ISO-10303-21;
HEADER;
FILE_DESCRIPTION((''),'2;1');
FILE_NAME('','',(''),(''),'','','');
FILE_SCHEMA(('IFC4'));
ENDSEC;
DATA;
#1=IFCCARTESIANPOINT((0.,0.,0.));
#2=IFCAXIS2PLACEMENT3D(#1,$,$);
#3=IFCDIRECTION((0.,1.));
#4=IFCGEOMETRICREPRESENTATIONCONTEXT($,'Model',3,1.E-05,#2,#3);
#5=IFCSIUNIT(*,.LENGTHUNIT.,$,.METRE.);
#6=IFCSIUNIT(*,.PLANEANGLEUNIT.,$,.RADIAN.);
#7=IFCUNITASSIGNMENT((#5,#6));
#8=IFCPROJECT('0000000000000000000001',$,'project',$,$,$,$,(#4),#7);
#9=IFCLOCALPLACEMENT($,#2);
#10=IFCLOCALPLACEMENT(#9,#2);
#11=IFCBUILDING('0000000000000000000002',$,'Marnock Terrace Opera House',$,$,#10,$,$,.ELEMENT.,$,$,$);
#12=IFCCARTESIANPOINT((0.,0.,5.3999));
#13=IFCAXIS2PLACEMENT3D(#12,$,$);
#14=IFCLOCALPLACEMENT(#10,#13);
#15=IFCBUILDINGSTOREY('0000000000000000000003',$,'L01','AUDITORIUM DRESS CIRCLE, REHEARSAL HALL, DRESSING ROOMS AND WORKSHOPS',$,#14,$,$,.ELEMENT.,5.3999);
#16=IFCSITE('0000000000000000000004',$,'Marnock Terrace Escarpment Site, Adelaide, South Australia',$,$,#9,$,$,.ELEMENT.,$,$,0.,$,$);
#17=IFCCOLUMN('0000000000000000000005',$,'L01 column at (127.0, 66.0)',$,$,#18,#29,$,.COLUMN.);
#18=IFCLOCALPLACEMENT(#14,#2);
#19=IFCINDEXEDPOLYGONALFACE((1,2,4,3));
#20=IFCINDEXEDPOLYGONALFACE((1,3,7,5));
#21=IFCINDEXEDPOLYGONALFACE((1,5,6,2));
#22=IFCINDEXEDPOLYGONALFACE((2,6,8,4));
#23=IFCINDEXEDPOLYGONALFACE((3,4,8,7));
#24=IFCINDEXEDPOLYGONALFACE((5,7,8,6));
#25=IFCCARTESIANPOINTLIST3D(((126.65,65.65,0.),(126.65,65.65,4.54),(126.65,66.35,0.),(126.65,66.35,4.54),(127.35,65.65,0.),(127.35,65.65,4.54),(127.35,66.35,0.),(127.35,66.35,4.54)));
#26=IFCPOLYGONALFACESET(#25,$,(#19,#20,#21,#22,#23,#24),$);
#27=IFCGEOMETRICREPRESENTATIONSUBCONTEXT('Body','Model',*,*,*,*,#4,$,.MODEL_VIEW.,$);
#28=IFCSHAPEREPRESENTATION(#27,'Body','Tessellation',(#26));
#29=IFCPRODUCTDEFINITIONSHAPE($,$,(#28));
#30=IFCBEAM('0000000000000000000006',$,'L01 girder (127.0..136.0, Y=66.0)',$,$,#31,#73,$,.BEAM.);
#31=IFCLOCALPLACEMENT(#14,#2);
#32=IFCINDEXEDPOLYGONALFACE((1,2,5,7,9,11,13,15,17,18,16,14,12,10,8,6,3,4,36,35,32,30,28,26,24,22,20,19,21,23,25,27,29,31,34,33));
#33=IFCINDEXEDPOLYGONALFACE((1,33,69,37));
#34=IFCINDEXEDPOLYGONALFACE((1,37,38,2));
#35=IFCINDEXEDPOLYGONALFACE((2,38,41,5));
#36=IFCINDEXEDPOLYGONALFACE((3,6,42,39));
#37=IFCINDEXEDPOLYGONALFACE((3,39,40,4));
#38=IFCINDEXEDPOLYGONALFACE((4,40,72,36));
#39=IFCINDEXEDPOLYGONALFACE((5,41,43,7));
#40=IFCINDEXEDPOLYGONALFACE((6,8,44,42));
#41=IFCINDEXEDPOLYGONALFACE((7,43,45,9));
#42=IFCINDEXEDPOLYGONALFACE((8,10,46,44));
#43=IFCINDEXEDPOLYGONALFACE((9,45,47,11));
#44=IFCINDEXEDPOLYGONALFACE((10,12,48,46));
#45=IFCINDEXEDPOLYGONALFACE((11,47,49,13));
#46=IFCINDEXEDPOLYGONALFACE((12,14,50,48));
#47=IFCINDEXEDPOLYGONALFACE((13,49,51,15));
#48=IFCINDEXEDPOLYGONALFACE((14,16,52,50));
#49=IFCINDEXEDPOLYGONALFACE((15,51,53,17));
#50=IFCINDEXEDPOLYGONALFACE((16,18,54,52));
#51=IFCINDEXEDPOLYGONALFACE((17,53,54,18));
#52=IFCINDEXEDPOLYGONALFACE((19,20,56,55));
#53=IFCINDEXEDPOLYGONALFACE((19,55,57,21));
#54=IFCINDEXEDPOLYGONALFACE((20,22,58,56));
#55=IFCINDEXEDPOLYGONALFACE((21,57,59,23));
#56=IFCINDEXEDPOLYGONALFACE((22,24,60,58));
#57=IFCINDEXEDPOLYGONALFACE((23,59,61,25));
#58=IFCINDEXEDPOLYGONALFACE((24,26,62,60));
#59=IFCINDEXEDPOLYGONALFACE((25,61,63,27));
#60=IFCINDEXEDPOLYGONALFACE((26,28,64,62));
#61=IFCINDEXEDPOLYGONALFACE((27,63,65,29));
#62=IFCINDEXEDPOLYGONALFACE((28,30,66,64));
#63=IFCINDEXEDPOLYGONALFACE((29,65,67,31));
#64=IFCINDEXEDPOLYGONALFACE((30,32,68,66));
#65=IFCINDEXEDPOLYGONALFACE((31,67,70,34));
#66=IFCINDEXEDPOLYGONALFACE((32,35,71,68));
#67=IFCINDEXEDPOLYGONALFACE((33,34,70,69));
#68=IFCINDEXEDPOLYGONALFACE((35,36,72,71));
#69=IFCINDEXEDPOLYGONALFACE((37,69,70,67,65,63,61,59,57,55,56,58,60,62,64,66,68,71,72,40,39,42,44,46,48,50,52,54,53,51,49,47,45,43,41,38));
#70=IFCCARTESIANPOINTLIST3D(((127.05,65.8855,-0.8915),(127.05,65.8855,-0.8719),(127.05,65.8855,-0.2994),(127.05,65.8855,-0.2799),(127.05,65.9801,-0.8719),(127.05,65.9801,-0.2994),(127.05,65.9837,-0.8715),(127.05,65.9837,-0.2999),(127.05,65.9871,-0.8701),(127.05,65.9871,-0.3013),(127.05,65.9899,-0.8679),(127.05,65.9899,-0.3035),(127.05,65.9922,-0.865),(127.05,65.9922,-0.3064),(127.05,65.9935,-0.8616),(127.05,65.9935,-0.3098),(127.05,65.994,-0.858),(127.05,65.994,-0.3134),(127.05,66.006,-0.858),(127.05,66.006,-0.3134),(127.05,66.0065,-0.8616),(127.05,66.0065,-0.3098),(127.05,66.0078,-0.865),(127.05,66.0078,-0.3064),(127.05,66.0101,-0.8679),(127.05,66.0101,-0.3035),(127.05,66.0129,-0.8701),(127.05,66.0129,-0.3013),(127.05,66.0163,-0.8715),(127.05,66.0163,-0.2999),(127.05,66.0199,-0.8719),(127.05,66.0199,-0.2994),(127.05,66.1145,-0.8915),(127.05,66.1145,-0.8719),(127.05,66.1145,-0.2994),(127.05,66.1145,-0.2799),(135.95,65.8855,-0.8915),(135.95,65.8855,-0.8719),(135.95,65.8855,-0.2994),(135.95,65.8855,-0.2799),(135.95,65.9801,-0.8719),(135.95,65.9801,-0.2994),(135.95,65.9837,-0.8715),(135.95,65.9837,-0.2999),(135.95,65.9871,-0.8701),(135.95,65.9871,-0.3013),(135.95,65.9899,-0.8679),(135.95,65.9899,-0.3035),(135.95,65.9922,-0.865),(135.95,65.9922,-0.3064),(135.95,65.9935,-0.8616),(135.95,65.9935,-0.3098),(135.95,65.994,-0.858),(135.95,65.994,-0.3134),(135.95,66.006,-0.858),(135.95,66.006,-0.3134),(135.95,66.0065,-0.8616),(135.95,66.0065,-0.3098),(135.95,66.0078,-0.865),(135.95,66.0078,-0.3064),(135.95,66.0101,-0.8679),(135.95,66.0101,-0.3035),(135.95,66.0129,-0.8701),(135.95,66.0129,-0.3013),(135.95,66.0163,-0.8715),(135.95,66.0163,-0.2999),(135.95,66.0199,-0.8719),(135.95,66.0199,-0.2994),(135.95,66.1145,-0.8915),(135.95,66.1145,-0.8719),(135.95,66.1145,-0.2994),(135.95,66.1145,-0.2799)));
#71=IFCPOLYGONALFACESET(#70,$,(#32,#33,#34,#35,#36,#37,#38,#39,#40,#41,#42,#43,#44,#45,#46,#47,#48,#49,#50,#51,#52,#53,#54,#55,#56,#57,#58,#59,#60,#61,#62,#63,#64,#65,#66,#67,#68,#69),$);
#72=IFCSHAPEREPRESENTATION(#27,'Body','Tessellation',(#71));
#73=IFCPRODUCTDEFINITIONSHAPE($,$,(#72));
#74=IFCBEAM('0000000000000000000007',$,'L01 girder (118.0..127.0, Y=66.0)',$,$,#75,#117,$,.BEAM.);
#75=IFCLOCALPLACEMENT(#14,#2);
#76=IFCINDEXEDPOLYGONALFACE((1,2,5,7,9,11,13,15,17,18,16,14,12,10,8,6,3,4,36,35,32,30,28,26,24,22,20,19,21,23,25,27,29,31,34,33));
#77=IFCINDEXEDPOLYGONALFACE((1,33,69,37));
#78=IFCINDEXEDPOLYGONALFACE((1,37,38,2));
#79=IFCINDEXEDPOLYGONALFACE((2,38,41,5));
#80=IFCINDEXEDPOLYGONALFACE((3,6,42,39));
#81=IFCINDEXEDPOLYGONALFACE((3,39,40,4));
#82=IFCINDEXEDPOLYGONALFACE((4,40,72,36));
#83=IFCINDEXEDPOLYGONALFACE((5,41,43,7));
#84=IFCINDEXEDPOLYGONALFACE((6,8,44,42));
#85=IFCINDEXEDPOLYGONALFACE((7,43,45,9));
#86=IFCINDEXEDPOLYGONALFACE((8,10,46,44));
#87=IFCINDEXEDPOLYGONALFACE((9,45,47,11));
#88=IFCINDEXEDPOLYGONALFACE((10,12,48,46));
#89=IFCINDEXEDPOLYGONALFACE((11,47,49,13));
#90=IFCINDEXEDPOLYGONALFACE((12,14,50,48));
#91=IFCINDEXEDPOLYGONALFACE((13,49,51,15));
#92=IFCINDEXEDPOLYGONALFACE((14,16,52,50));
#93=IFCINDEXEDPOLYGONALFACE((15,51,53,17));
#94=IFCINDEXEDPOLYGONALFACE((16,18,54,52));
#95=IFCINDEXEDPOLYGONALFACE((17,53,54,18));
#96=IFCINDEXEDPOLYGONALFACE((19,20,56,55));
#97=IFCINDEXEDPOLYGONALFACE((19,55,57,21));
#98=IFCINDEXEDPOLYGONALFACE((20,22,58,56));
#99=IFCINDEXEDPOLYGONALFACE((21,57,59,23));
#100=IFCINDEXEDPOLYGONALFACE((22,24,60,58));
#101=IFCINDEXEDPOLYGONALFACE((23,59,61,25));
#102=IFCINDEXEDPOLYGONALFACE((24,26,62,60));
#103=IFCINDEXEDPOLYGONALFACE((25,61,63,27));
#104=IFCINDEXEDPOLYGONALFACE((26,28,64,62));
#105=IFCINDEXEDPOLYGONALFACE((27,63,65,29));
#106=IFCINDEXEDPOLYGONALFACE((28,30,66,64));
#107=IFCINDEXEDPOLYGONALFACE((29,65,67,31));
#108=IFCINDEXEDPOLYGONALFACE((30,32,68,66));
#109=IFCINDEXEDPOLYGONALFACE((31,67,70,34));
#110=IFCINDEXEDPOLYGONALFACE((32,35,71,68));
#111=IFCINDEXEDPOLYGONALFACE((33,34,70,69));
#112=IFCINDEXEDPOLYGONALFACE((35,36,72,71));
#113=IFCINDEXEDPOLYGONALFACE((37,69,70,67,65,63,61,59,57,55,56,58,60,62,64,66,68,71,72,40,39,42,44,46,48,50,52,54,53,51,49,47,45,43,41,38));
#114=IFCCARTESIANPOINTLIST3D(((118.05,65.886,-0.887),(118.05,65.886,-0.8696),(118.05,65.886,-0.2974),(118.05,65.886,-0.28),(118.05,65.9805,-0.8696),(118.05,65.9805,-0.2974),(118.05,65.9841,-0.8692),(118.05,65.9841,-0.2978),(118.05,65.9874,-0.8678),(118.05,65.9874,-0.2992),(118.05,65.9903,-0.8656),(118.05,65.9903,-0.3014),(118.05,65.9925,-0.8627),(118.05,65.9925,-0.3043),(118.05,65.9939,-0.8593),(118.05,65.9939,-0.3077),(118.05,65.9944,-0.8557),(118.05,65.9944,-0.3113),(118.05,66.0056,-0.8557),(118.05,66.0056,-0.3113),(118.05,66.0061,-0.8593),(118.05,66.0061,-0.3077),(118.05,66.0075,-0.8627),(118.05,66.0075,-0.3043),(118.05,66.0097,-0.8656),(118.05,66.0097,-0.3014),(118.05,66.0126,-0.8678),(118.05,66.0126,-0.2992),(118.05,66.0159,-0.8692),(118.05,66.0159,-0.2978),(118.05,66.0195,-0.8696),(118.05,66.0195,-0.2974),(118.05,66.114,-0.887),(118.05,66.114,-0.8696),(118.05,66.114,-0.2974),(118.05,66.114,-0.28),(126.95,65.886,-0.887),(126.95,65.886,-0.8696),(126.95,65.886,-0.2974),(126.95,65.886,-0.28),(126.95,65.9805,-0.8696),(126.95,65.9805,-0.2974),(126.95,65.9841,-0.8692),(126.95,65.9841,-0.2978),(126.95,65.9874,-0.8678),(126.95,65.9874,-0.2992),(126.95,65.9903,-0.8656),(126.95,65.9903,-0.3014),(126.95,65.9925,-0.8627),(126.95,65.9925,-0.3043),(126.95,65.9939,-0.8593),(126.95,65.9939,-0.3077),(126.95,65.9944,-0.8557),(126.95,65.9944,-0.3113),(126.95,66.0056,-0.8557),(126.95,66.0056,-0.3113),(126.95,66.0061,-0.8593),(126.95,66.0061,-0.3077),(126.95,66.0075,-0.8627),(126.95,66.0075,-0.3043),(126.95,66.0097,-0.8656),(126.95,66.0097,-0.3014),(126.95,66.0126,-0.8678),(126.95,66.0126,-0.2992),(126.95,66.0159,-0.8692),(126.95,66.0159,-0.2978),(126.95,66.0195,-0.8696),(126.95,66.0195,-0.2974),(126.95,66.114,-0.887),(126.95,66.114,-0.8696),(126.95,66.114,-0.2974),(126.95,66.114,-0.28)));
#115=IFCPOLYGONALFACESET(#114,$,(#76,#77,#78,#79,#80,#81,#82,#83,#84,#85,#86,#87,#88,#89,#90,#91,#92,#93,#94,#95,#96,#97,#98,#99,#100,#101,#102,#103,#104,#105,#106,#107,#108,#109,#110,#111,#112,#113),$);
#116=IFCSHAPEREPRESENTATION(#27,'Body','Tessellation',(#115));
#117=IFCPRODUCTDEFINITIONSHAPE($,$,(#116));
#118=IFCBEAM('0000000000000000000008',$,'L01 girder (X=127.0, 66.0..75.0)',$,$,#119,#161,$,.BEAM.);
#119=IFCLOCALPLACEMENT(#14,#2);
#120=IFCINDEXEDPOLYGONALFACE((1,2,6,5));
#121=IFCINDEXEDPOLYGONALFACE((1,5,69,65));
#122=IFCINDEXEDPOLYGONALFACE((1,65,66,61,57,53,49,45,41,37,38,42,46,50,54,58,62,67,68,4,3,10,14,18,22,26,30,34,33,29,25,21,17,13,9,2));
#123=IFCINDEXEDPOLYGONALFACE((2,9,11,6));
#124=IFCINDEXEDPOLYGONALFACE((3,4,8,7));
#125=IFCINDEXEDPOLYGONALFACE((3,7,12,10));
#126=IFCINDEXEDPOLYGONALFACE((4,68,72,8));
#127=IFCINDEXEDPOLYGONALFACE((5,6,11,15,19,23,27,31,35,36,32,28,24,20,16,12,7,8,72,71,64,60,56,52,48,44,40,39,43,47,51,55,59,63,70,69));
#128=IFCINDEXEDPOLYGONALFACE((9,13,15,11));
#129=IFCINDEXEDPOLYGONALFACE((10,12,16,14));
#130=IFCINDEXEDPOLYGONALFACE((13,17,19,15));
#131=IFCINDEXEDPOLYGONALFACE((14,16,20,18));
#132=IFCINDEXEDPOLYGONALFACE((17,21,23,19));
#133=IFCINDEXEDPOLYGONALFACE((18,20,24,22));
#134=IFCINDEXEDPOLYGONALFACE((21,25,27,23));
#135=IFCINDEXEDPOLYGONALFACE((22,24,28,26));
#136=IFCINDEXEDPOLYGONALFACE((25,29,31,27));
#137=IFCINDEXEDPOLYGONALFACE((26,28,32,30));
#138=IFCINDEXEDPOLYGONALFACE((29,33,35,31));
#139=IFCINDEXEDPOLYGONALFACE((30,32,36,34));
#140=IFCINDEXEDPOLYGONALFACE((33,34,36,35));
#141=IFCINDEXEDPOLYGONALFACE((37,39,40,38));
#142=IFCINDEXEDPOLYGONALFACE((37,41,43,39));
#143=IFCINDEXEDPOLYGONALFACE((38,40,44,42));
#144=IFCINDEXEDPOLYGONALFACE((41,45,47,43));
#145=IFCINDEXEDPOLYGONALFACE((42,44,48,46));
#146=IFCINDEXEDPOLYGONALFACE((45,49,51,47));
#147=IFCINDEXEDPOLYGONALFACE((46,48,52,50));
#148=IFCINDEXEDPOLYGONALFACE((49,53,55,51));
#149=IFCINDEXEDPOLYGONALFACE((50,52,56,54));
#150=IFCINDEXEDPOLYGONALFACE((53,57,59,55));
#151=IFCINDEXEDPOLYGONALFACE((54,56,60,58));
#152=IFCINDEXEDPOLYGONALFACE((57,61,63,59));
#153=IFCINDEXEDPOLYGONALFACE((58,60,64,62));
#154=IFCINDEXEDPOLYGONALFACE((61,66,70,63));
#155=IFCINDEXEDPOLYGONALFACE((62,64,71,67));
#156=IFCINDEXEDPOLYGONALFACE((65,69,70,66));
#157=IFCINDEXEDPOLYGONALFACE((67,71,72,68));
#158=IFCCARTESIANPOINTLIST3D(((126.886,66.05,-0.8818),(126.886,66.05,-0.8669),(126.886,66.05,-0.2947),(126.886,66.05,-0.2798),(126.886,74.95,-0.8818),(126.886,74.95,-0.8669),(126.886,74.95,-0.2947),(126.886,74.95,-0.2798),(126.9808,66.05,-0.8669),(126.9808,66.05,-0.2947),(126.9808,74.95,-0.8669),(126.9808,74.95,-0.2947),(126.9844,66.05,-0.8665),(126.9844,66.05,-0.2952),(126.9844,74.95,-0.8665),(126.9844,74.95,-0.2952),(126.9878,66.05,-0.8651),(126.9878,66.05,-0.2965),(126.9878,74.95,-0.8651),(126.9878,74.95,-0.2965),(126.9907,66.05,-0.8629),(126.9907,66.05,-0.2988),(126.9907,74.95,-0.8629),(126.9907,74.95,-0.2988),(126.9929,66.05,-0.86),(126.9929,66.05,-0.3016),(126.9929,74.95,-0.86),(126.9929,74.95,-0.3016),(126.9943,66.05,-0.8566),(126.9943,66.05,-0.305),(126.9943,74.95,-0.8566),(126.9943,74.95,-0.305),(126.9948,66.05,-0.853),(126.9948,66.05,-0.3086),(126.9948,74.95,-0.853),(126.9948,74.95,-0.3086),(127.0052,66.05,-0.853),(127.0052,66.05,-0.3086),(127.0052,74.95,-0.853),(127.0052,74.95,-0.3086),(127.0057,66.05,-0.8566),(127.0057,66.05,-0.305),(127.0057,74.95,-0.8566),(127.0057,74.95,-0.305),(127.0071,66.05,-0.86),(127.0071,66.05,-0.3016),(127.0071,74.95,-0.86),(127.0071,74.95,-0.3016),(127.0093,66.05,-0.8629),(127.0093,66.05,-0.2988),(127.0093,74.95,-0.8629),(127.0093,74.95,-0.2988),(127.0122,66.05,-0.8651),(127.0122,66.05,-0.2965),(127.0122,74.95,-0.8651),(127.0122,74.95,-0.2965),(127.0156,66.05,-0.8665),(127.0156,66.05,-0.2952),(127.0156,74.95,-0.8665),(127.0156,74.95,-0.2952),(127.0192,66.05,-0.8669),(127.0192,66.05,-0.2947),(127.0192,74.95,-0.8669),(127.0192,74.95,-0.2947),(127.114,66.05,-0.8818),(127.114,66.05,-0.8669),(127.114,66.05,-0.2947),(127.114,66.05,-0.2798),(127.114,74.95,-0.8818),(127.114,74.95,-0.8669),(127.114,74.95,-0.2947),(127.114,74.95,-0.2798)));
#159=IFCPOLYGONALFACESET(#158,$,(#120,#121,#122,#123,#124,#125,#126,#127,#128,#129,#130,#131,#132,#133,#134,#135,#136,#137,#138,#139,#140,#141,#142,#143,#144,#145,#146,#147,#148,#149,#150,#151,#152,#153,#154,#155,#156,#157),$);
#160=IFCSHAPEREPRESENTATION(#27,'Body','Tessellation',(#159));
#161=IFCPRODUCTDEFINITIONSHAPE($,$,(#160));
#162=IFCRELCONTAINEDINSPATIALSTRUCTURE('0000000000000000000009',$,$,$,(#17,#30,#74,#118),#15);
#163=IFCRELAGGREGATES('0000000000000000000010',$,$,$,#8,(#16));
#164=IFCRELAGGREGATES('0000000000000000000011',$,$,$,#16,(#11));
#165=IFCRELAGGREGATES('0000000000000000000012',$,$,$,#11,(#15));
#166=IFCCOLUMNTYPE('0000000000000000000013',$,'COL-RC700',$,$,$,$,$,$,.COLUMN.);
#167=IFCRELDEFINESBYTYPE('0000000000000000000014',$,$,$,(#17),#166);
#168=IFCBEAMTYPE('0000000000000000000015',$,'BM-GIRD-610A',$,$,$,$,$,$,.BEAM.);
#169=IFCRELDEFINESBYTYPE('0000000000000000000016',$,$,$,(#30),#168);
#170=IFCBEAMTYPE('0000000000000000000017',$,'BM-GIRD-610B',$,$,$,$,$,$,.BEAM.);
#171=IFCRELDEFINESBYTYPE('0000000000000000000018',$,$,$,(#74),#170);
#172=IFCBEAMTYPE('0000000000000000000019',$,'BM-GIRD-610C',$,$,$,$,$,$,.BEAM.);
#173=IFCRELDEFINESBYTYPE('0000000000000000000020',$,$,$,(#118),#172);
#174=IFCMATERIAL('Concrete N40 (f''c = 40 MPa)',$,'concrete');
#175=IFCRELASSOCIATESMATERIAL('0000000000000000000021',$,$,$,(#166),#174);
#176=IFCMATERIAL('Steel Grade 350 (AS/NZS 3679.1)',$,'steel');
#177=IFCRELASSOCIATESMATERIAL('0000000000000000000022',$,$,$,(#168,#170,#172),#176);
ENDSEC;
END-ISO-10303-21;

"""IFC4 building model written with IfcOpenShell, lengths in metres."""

from ifc_helpers import new_model, si_unit, direction, frame, origin, origin_2d, place, context, subcontext, project, spatial, rectangle, i_section, extrude, material, material_profile, profile_set, type_object, element, save


model = new_model("IFC4")

# Units and contexts
model_context = context("Model", 3, precision=1e-05, world=origin(), true_north=direction((0.0, 1.0)))
body_context = subcontext(model_context, "Body", "Model", "MODEL_VIEW")
ifc_project = project(units=[si_unit("LENGTHUNIT", "METRE"), si_unit("PLANEANGLEUNIT", "RADIAN")], contexts=[model_context])

# Site, building, storey
site_placement = place(None, origin())
site = spatial("IfcSite", under=ifc_project, at=site_placement, Name="Marnock Terrace Escarpment Site, Adelaide, South Australia", CompositionType="ELEMENT", RefElevation=0.0)
building_placement = place(site_placement, origin())
building = spatial("IfcBuilding", under=site, at=building_placement, Name="Marnock Terrace Opera House", CompositionType="ELEMENT")
storey_placement = place(building_placement, frame((0.0, 0.0, 5.3999)))
storey = spatial("IfcBuildingStorey", under=building, at=storey_placement, Name="L01", Description="AUDITORIUM DRESS CIRCLE, REHEARSAL HALL, DRESSING ROOMS AND WORKSHOPS", CompositionType="ELEMENT", Elevation=5.3999)

# Column
ifc_material_1 = material(Name="Concrete N40 (f'c = 40 MPa)", Category="concrete")
ifc_material_profile_1 = material_profile(ifc_material_1, rectangle(XDim=0.7, YDim=0.7, at=origin_2d()))
ifc_profile_set_1 = profile_set([ifc_material_profile_1], Name="Concrete N40 (f'c = 40 MPa)")
column_type = type_object("IfcColumnType", Name="COL-RC700", PredefinedType="COLUMN", material=ifc_profile_set_1)
column_placement = place(storey_placement, frame((127.0, 66.0, 0.0), z_axis=(0.0, 0.0, 1.0), x_axis=(1.0, 0.0, 0.0)))
element("IfcColumn", 1, at=column_placement, inside=storey, type_object=column_type, Name="L01 column at (127.0, 66.0)", PredefinedType="COLUMN", context=body_context, shape_type="SweptSolid", body=[
    extrude(rectangle(XDim=0.7, YDim=0.7, at=origin_2d()), origin(), (0.0, 0.0, 1.0), 4.54),
])

# Beams
ifc_material_2 = material(Name="Steel Grade 350 (AS/NZS 3679.1)", Category="steel")
ifc_material_profile_2 = material_profile(ifc_material_2, i_section(OverallWidth=0.229, OverallDepth=0.6116, WebThickness=0.012, FlangeThickness=0.0195, FilletRadius=0.0139, at=origin_2d()))
ifc_profile_set_2 = profile_set([ifc_material_profile_2], Name="Steel Grade 350 (AS/NZS 3679.1)")
beam_type_1 = type_object("IfcBeamType", Name="BM-GIRD-610A", PredefinedType="BEAM", material=ifc_profile_set_2)
beam_1_placement = place(storey_placement, frame((127.05, 66.0, -0.5857), z_axis=(1.0, 0.0, 0.0), x_axis=(0.0, 1.0, 0.0)))
element("IfcBeam", 2, at=beam_1_placement, inside=storey, type_object=beam_type_1, Name="L01 girder (127.0..136.0, Y=66.0)", PredefinedType="BEAM", context=body_context, shape_type="SweptSolid", body=[
    extrude(i_section(OverallWidth=0.229, OverallDepth=0.6116, WebThickness=0.012, FlangeThickness=0.0195, FilletRadius=0.0139, at=origin_2d()), origin(), (0.0, 0.0, 1.0), 8.8999),
])
ifc_material_profile_3 = material_profile(ifc_material_2, i_section(OverallWidth=0.228, OverallDepth=0.6069, WebThickness=0.0112, FlangeThickness=0.0173, FilletRadius=0.0139, at=origin_2d()))
ifc_profile_set_3 = profile_set([ifc_material_profile_3], Name="Steel Grade 350 (AS/NZS 3679.1)")
beam_type_2 = type_object("IfcBeamType", Name="BM-GIRD-610B", PredefinedType="BEAM", material=ifc_profile_set_3)
beam_2_placement = place(storey_placement, frame((118.05, 66.0, -0.5835), z_axis=(1.0, 0.0, 0.0), x_axis=(0.0, 1.0, 0.0)))
element("IfcBeam", 3, at=beam_2_placement, inside=storey, type_object=beam_type_2, Name="L01 girder (118.0..127.0, Y=66.0)", PredefinedType="BEAM", context=body_context, shape_type="SweptSolid", body=[
    extrude(i_section(OverallWidth=0.228, OverallDepth=0.6069, WebThickness=0.0112, FlangeThickness=0.0173, FilletRadius=0.0139, at=origin_2d()), origin(), (0.0, 0.0, 1.0), 8.8999),
])
ifc_material_profile_4 = material_profile(ifc_material_2, i_section(OverallWidth=0.228, OverallDepth=0.6021, WebThickness=0.0105, FlangeThickness=0.0149, FilletRadius=0.0139, at=origin_2d()))
ifc_profile_set_4 = profile_set([ifc_material_profile_4], Name="Steel Grade 350 (AS/NZS 3679.1)")
beam_type_3 = type_object("IfcBeamType", Name="BM-GIRD-610C", PredefinedType="BEAM", material=ifc_profile_set_4)
beam_3_placement = place(storey_placement, frame((127.0, 66.05, -0.5808), z_axis=(0.0, 1.0, 0.0), x_axis=(-1.0, 0.0, 0.0)))
element("IfcBeam", 4, at=beam_3_placement, inside=storey, type_object=beam_type_3, Name="L01 girder (X=127.0, 66.0..75.0)", PredefinedType="BEAM", context=body_context, shape_type="SweptSolid", body=[
    extrude(i_section(OverallWidth=0.228, OverallDepth=0.6021, WebThickness=0.0105, FlangeThickness=0.0149, FilletRadius=0.0139, at=origin_2d()), origin(), (0.0, 0.0, 1.0), 8.8999),
])

save(model, "model.ifc")
